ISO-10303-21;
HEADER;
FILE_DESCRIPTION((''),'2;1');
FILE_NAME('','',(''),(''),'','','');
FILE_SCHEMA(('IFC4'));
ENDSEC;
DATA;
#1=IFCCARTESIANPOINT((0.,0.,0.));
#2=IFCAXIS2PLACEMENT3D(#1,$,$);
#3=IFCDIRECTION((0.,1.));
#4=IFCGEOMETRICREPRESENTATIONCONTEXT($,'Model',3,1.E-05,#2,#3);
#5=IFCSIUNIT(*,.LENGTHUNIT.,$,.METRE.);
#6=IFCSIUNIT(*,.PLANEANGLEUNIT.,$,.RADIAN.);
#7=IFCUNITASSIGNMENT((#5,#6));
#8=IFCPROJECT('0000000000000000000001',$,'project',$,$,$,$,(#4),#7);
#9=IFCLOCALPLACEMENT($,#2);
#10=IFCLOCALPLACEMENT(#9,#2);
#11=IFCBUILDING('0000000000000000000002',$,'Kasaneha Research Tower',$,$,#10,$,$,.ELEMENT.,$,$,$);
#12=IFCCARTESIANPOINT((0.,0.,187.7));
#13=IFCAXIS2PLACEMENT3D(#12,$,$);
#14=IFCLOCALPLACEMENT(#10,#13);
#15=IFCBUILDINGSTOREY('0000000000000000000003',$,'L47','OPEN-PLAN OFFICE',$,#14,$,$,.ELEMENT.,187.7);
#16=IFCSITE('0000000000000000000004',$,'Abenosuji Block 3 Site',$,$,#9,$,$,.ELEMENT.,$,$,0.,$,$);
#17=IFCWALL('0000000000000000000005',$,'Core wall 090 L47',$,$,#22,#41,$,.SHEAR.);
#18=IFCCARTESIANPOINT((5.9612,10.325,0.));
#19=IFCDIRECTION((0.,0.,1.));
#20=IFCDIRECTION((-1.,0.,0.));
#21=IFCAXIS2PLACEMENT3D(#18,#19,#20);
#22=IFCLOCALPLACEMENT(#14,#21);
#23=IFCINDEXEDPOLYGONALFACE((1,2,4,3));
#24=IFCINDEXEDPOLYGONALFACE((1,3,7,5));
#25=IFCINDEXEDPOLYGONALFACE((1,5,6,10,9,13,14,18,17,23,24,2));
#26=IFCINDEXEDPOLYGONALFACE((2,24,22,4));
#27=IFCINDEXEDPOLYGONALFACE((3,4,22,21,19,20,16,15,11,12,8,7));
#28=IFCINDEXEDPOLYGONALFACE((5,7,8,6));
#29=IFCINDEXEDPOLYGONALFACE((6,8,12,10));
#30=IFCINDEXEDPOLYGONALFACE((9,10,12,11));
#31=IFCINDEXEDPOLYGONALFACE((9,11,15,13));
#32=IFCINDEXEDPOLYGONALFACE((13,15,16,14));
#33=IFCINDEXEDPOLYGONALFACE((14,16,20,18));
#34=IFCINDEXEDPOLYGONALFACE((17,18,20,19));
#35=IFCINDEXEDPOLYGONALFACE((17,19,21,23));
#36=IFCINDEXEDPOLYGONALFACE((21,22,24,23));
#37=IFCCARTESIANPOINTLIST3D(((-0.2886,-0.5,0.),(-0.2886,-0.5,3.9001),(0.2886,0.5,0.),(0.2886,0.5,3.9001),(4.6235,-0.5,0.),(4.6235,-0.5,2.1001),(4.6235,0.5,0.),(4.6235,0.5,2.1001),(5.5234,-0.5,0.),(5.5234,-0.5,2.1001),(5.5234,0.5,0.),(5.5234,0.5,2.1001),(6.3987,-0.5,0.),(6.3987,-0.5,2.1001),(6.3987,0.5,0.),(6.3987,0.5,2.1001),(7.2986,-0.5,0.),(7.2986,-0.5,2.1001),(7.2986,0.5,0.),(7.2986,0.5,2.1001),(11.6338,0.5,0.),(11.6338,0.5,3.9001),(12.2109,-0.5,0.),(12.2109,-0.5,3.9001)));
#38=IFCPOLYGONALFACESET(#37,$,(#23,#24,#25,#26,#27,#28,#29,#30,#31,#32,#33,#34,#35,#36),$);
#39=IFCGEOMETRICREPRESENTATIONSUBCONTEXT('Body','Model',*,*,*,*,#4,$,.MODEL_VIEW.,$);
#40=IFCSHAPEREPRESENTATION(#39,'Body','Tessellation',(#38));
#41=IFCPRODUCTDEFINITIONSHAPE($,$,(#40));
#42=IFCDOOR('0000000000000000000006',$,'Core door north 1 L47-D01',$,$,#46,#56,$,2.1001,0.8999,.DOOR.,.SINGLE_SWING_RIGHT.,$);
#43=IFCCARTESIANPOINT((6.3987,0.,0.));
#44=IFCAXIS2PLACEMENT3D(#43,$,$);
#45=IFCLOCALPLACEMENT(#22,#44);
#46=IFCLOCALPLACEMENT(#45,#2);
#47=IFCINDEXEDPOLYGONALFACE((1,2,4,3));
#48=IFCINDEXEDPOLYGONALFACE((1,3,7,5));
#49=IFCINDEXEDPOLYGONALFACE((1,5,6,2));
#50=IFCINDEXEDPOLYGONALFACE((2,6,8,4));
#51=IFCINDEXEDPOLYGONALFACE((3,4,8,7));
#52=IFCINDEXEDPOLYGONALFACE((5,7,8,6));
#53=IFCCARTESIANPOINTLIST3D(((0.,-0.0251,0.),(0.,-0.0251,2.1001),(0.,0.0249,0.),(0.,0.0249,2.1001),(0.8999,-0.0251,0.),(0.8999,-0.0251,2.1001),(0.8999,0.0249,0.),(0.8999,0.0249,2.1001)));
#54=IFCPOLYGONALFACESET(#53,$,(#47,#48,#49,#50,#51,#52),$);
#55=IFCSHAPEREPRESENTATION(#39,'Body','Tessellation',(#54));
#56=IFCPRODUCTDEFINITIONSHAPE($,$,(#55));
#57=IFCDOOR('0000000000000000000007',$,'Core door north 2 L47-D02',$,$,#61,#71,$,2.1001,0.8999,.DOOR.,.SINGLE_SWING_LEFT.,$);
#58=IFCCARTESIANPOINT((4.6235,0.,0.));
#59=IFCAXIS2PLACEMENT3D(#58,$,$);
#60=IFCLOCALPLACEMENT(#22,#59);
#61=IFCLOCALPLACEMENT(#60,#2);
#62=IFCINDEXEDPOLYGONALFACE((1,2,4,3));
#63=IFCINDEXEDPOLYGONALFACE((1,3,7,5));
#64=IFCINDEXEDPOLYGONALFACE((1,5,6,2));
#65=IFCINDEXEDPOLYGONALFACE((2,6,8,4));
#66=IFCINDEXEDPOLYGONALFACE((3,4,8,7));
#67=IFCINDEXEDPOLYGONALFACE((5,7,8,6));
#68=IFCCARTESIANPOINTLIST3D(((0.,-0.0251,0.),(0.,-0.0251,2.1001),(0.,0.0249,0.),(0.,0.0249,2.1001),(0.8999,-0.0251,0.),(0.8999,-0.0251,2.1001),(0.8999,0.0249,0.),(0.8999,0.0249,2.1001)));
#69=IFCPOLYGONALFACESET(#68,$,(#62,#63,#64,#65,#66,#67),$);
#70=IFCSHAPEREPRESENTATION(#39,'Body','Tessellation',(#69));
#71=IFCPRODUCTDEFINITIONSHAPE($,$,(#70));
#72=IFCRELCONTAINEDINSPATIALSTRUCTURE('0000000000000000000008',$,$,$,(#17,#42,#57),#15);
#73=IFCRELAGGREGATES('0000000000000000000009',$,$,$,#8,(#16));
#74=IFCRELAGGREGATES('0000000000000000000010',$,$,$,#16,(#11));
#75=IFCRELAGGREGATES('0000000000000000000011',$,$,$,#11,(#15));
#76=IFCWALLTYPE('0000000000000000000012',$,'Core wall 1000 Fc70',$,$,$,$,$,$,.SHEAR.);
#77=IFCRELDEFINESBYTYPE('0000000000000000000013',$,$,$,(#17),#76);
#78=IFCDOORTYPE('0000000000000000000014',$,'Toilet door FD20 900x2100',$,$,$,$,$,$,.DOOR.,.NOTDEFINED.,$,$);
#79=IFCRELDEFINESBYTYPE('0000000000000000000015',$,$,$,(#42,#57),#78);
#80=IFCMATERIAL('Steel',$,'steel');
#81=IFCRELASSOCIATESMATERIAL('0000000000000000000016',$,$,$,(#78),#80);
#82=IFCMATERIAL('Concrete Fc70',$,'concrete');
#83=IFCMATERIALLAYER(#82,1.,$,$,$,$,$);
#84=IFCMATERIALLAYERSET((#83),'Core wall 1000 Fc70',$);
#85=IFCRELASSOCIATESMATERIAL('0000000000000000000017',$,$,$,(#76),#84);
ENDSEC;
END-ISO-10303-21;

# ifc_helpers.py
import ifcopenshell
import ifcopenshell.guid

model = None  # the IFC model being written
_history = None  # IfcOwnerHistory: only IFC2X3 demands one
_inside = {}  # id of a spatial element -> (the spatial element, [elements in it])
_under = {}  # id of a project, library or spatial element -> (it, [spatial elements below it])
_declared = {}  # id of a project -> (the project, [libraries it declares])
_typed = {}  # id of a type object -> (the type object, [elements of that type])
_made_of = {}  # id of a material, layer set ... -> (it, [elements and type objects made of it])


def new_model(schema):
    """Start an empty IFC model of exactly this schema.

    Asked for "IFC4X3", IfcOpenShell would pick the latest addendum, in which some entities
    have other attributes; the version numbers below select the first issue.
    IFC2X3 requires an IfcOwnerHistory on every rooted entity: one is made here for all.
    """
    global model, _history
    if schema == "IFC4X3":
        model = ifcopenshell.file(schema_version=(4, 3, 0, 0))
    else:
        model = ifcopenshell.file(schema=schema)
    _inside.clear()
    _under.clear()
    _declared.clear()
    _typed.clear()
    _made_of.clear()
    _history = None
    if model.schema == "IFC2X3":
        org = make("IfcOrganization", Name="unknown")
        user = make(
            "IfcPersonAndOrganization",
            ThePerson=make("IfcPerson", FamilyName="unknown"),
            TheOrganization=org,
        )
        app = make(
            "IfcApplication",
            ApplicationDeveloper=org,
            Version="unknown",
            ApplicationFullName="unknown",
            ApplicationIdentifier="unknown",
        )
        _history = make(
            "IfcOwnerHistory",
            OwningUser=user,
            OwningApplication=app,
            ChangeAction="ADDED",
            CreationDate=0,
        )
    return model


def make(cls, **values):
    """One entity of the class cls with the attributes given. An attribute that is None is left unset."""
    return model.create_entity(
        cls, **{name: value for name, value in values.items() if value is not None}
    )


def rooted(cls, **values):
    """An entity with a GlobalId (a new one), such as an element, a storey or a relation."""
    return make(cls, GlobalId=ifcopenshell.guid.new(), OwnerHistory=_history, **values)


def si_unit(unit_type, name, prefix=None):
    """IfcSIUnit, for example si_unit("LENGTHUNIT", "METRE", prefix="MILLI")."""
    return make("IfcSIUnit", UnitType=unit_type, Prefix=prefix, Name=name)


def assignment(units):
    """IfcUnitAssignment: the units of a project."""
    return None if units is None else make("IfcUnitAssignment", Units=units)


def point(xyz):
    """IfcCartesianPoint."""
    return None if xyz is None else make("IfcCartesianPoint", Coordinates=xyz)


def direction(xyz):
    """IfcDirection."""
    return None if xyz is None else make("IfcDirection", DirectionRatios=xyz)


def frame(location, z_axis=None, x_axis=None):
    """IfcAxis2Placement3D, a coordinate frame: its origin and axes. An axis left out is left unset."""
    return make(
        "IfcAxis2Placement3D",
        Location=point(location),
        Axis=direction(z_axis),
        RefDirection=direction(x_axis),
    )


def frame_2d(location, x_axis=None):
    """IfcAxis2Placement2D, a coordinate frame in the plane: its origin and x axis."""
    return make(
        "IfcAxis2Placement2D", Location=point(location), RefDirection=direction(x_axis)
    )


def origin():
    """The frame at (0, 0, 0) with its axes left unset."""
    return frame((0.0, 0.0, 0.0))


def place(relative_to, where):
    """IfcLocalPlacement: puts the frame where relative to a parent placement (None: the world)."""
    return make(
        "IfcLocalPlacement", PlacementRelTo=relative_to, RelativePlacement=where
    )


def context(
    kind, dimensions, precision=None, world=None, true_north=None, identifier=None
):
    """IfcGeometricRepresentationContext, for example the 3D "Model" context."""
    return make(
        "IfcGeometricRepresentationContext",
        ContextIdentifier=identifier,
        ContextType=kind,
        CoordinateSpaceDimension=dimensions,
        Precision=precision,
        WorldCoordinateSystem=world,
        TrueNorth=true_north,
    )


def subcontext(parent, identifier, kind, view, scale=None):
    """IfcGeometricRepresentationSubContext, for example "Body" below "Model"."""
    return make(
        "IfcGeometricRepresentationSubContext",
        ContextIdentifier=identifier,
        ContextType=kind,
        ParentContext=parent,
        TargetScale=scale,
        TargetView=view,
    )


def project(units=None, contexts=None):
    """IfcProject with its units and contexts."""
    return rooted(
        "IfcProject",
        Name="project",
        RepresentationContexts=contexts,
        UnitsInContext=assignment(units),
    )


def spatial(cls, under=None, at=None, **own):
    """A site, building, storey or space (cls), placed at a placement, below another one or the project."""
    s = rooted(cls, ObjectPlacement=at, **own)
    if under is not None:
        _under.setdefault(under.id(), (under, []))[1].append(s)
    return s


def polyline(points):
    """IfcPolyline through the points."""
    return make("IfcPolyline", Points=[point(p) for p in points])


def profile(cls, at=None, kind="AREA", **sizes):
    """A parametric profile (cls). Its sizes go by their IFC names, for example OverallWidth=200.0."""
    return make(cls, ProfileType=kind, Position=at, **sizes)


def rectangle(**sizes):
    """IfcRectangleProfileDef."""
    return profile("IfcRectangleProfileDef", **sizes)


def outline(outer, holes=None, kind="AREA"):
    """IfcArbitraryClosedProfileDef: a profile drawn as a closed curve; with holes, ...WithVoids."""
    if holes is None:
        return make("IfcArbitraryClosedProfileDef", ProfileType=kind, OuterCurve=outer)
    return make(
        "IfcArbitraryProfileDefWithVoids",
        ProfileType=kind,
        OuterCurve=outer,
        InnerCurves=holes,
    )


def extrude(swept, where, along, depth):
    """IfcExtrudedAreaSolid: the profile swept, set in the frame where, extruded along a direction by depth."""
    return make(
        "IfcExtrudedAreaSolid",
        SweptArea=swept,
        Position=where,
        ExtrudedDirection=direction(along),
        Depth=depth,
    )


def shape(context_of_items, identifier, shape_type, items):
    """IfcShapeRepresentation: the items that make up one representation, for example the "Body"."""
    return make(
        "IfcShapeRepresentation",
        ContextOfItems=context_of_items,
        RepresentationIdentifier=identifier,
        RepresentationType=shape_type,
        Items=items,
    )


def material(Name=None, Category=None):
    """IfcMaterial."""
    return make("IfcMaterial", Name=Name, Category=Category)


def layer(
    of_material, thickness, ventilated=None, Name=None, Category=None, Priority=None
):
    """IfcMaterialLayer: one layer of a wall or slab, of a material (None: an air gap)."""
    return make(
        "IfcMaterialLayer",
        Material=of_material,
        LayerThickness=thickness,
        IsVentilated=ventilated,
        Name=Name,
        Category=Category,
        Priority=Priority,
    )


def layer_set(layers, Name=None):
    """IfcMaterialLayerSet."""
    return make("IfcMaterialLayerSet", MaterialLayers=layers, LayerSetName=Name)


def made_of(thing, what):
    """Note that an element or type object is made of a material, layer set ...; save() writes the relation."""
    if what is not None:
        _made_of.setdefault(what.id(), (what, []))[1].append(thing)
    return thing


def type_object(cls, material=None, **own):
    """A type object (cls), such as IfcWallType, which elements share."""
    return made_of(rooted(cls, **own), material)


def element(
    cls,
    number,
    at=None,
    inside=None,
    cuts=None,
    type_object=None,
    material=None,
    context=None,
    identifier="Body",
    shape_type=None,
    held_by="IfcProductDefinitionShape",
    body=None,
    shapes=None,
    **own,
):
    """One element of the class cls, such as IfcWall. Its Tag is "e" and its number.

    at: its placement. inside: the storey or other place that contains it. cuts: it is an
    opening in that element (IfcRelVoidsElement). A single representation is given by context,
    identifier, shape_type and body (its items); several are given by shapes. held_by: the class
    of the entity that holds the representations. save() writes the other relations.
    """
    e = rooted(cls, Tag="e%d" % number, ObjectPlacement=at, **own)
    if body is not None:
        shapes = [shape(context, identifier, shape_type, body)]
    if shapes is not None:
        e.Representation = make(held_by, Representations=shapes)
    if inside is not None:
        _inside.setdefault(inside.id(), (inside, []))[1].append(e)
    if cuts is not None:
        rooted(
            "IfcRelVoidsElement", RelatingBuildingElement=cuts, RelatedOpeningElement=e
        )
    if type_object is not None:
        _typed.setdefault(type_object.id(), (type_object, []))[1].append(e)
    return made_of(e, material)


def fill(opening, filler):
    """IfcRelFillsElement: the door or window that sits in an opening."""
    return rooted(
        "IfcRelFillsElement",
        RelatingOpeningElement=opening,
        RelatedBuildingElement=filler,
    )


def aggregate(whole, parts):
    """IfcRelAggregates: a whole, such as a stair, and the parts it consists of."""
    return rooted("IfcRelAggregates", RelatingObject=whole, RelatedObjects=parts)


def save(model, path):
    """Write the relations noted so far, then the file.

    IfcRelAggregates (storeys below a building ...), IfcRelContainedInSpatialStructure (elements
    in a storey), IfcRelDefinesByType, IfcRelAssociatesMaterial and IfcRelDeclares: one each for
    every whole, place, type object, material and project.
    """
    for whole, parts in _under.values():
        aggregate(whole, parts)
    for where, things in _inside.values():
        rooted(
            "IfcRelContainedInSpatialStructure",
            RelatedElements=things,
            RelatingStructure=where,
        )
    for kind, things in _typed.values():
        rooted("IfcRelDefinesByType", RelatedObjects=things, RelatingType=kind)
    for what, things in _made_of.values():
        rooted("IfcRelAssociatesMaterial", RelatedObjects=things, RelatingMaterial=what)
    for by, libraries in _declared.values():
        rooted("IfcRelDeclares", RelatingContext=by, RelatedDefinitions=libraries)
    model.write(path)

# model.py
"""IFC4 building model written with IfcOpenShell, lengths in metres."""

from ifc_helpers import new_model, si_unit, direction, frame, frame_2d, origin, place, context, subcontext, project, spatial, polyline, rectangle, outline, extrude, material, layer, layer_set, type_object, element, fill, save


model = new_model("IFC4")

# Units and contexts
model_context = context("Model", 3, precision=1e-05, world=origin(), true_north=direction((0.0, 1.0)))
body_context = subcontext(model_context, "Body", "Model", "MODEL_VIEW")
ifc_project = project(units=[si_unit("LENGTHUNIT", "METRE"), si_unit("PLANEANGLEUNIT", "RADIAN")], contexts=[model_context])

# Site, building, storey
site_placement = place(None, origin())
site = spatial("IfcSite", under=ifc_project, at=site_placement, Name="Abenosuji Block 3 Site", CompositionType="ELEMENT", RefElevation=0.0)
building_placement = place(site_placement, origin())
building = spatial("IfcBuilding", under=site, at=building_placement, Name="Kasaneha Research Tower", CompositionType="ELEMENT")
storey_placement = place(building_placement, frame((0.0, 0.0, 187.7)))
storey = spatial("IfcBuildingStorey", under=building, at=storey_placement, Name="L47", Description="OPEN-PLAN OFFICE", CompositionType="ELEMENT", Elevation=187.7)

# Shared definitions
ifc_material_1 = material(Name="Steel", Category="steel")
door_type_1 = type_object("IfcDoorType", Name="Toilet door FD20 900x2100", OperationType="NOTDEFINED", PredefinedType="DOOR", material=ifc_material_1)

# Wall, openings, doors
ifc_material_2 = material(Name="Concrete Fc70", Category="concrete")
ifc_layer_1 = layer(ifc_material_2, 1.0)
ifc_layer_set_1 = layer_set([ifc_layer_1], Name="Core wall 1000 Fc70")
wall_type_1 = type_object("IfcWallType", Name="Core wall 1000 Fc70", PredefinedType="SHEAR", material=ifc_layer_set_1)
wall_1_placement = place(storey_placement, frame((5.9612, 10.325, 0.0), z_axis=(0.0, 0.0, 1.0), x_axis=(-1.0, 0.0, 0.0)))
wall_1 = element("IfcWall", 1, at=wall_1_placement, inside=storey, type_object=wall_type_1, Name="Core wall 090 L47", PredefinedType="SHEAR", context=body_context, shape_type="SweptSolid", body=[
    extrude(outline(polyline([(-0.2886, -0.5), (4.6235, -0.5), (5.5234, -0.5), (6.3987, -0.5), (7.2986, -0.5), (12.2109, -0.5), (11.6338, 0.5), (7.2986, 0.5), (6.3987, 0.5), (5.5234, 0.5), (4.6235, 0.5), (0.2886, 0.5), (-0.2886, -0.5)])), origin(), (0.0, 0.0, 1.0), 3.9001),
])
opening_1_placement = place(wall_1_placement, frame((6.3987, 0.0, 0.0)))
opening_1 = element("IfcOpeningElement", 2, at=opening_1_placement, cuts=wall_1, PredefinedType="OPENING", context=body_context, shape_type="SweptSolid", body=[
    extrude(rectangle(XDim=0.8999, YDim=2.1001, at=frame_2d((0.45, 1.05))), frame((0.0, 0.51, 0.0), z_axis=(0.0, -1.0, 0.0), x_axis=(1.0, 0.0, 0.0)), (0.0, 0.0, 1.0), 1.02),
])
opening_2_placement = place(wall_1_placement, frame((4.6235, 0.0, 0.0)))
opening_2 = element("IfcOpeningElement", 3, at=opening_2_placement, cuts=wall_1, PredefinedType="OPENING", context=body_context, shape_type="SweptSolid", body=[
    extrude(rectangle(XDim=0.8999, YDim=2.1001, at=frame_2d((0.45, 1.05))), frame((0.0, 0.51, 0.0), z_axis=(0.0, -1.0, 0.0), x_axis=(1.0, 0.0, 0.0)), (0.0, 0.0, 1.0), 1.02),
])
door_1_placement = place(opening_1_placement, origin())
door_1 = element("IfcDoor", 4, at=door_1_placement, inside=storey, type_object=door_type_1, Name="Core door north 1 L47-D01", OperationType="SINGLE_SWING_RIGHT", OverallHeight=2.1001, OverallWidth=0.8999, PredefinedType="DOOR", context=body_context, shape_type="SweptSolid", body=[
    extrude(rectangle(XDim=0.8999, YDim=2.1001, at=frame_2d((0.45, 1.05))), frame((0.0, 0.0249, 0.0), z_axis=(0.0, -1.0, 0.0), x_axis=(1.0, 0.0, 0.0)), (0.0, 0.0, 1.0), 0.05),
])
fill(opening_1, door_1)
door_2_placement = place(opening_2_placement, origin())
door_2 = element("IfcDoor", 5, at=door_2_placement, inside=storey, type_object=door_type_1, Name="Core door north 2 L47-D02", OperationType="SINGLE_SWING_LEFT", OverallHeight=2.1001, OverallWidth=0.8999, PredefinedType="DOOR", context=body_context, shape_type="SweptSolid", body=[
    extrude(rectangle(XDim=0.8999, YDim=2.1001, at=frame_2d((0.45, 1.05))), frame((0.0, 0.0249, 0.0), z_axis=(0.0, -1.0, 0.0), x_axis=(1.0, 0.0, 0.0)), (0.0, 0.0, 1.0), 0.05),
])
fill(opening_2, door_2)

save(model, "model.ifc")
